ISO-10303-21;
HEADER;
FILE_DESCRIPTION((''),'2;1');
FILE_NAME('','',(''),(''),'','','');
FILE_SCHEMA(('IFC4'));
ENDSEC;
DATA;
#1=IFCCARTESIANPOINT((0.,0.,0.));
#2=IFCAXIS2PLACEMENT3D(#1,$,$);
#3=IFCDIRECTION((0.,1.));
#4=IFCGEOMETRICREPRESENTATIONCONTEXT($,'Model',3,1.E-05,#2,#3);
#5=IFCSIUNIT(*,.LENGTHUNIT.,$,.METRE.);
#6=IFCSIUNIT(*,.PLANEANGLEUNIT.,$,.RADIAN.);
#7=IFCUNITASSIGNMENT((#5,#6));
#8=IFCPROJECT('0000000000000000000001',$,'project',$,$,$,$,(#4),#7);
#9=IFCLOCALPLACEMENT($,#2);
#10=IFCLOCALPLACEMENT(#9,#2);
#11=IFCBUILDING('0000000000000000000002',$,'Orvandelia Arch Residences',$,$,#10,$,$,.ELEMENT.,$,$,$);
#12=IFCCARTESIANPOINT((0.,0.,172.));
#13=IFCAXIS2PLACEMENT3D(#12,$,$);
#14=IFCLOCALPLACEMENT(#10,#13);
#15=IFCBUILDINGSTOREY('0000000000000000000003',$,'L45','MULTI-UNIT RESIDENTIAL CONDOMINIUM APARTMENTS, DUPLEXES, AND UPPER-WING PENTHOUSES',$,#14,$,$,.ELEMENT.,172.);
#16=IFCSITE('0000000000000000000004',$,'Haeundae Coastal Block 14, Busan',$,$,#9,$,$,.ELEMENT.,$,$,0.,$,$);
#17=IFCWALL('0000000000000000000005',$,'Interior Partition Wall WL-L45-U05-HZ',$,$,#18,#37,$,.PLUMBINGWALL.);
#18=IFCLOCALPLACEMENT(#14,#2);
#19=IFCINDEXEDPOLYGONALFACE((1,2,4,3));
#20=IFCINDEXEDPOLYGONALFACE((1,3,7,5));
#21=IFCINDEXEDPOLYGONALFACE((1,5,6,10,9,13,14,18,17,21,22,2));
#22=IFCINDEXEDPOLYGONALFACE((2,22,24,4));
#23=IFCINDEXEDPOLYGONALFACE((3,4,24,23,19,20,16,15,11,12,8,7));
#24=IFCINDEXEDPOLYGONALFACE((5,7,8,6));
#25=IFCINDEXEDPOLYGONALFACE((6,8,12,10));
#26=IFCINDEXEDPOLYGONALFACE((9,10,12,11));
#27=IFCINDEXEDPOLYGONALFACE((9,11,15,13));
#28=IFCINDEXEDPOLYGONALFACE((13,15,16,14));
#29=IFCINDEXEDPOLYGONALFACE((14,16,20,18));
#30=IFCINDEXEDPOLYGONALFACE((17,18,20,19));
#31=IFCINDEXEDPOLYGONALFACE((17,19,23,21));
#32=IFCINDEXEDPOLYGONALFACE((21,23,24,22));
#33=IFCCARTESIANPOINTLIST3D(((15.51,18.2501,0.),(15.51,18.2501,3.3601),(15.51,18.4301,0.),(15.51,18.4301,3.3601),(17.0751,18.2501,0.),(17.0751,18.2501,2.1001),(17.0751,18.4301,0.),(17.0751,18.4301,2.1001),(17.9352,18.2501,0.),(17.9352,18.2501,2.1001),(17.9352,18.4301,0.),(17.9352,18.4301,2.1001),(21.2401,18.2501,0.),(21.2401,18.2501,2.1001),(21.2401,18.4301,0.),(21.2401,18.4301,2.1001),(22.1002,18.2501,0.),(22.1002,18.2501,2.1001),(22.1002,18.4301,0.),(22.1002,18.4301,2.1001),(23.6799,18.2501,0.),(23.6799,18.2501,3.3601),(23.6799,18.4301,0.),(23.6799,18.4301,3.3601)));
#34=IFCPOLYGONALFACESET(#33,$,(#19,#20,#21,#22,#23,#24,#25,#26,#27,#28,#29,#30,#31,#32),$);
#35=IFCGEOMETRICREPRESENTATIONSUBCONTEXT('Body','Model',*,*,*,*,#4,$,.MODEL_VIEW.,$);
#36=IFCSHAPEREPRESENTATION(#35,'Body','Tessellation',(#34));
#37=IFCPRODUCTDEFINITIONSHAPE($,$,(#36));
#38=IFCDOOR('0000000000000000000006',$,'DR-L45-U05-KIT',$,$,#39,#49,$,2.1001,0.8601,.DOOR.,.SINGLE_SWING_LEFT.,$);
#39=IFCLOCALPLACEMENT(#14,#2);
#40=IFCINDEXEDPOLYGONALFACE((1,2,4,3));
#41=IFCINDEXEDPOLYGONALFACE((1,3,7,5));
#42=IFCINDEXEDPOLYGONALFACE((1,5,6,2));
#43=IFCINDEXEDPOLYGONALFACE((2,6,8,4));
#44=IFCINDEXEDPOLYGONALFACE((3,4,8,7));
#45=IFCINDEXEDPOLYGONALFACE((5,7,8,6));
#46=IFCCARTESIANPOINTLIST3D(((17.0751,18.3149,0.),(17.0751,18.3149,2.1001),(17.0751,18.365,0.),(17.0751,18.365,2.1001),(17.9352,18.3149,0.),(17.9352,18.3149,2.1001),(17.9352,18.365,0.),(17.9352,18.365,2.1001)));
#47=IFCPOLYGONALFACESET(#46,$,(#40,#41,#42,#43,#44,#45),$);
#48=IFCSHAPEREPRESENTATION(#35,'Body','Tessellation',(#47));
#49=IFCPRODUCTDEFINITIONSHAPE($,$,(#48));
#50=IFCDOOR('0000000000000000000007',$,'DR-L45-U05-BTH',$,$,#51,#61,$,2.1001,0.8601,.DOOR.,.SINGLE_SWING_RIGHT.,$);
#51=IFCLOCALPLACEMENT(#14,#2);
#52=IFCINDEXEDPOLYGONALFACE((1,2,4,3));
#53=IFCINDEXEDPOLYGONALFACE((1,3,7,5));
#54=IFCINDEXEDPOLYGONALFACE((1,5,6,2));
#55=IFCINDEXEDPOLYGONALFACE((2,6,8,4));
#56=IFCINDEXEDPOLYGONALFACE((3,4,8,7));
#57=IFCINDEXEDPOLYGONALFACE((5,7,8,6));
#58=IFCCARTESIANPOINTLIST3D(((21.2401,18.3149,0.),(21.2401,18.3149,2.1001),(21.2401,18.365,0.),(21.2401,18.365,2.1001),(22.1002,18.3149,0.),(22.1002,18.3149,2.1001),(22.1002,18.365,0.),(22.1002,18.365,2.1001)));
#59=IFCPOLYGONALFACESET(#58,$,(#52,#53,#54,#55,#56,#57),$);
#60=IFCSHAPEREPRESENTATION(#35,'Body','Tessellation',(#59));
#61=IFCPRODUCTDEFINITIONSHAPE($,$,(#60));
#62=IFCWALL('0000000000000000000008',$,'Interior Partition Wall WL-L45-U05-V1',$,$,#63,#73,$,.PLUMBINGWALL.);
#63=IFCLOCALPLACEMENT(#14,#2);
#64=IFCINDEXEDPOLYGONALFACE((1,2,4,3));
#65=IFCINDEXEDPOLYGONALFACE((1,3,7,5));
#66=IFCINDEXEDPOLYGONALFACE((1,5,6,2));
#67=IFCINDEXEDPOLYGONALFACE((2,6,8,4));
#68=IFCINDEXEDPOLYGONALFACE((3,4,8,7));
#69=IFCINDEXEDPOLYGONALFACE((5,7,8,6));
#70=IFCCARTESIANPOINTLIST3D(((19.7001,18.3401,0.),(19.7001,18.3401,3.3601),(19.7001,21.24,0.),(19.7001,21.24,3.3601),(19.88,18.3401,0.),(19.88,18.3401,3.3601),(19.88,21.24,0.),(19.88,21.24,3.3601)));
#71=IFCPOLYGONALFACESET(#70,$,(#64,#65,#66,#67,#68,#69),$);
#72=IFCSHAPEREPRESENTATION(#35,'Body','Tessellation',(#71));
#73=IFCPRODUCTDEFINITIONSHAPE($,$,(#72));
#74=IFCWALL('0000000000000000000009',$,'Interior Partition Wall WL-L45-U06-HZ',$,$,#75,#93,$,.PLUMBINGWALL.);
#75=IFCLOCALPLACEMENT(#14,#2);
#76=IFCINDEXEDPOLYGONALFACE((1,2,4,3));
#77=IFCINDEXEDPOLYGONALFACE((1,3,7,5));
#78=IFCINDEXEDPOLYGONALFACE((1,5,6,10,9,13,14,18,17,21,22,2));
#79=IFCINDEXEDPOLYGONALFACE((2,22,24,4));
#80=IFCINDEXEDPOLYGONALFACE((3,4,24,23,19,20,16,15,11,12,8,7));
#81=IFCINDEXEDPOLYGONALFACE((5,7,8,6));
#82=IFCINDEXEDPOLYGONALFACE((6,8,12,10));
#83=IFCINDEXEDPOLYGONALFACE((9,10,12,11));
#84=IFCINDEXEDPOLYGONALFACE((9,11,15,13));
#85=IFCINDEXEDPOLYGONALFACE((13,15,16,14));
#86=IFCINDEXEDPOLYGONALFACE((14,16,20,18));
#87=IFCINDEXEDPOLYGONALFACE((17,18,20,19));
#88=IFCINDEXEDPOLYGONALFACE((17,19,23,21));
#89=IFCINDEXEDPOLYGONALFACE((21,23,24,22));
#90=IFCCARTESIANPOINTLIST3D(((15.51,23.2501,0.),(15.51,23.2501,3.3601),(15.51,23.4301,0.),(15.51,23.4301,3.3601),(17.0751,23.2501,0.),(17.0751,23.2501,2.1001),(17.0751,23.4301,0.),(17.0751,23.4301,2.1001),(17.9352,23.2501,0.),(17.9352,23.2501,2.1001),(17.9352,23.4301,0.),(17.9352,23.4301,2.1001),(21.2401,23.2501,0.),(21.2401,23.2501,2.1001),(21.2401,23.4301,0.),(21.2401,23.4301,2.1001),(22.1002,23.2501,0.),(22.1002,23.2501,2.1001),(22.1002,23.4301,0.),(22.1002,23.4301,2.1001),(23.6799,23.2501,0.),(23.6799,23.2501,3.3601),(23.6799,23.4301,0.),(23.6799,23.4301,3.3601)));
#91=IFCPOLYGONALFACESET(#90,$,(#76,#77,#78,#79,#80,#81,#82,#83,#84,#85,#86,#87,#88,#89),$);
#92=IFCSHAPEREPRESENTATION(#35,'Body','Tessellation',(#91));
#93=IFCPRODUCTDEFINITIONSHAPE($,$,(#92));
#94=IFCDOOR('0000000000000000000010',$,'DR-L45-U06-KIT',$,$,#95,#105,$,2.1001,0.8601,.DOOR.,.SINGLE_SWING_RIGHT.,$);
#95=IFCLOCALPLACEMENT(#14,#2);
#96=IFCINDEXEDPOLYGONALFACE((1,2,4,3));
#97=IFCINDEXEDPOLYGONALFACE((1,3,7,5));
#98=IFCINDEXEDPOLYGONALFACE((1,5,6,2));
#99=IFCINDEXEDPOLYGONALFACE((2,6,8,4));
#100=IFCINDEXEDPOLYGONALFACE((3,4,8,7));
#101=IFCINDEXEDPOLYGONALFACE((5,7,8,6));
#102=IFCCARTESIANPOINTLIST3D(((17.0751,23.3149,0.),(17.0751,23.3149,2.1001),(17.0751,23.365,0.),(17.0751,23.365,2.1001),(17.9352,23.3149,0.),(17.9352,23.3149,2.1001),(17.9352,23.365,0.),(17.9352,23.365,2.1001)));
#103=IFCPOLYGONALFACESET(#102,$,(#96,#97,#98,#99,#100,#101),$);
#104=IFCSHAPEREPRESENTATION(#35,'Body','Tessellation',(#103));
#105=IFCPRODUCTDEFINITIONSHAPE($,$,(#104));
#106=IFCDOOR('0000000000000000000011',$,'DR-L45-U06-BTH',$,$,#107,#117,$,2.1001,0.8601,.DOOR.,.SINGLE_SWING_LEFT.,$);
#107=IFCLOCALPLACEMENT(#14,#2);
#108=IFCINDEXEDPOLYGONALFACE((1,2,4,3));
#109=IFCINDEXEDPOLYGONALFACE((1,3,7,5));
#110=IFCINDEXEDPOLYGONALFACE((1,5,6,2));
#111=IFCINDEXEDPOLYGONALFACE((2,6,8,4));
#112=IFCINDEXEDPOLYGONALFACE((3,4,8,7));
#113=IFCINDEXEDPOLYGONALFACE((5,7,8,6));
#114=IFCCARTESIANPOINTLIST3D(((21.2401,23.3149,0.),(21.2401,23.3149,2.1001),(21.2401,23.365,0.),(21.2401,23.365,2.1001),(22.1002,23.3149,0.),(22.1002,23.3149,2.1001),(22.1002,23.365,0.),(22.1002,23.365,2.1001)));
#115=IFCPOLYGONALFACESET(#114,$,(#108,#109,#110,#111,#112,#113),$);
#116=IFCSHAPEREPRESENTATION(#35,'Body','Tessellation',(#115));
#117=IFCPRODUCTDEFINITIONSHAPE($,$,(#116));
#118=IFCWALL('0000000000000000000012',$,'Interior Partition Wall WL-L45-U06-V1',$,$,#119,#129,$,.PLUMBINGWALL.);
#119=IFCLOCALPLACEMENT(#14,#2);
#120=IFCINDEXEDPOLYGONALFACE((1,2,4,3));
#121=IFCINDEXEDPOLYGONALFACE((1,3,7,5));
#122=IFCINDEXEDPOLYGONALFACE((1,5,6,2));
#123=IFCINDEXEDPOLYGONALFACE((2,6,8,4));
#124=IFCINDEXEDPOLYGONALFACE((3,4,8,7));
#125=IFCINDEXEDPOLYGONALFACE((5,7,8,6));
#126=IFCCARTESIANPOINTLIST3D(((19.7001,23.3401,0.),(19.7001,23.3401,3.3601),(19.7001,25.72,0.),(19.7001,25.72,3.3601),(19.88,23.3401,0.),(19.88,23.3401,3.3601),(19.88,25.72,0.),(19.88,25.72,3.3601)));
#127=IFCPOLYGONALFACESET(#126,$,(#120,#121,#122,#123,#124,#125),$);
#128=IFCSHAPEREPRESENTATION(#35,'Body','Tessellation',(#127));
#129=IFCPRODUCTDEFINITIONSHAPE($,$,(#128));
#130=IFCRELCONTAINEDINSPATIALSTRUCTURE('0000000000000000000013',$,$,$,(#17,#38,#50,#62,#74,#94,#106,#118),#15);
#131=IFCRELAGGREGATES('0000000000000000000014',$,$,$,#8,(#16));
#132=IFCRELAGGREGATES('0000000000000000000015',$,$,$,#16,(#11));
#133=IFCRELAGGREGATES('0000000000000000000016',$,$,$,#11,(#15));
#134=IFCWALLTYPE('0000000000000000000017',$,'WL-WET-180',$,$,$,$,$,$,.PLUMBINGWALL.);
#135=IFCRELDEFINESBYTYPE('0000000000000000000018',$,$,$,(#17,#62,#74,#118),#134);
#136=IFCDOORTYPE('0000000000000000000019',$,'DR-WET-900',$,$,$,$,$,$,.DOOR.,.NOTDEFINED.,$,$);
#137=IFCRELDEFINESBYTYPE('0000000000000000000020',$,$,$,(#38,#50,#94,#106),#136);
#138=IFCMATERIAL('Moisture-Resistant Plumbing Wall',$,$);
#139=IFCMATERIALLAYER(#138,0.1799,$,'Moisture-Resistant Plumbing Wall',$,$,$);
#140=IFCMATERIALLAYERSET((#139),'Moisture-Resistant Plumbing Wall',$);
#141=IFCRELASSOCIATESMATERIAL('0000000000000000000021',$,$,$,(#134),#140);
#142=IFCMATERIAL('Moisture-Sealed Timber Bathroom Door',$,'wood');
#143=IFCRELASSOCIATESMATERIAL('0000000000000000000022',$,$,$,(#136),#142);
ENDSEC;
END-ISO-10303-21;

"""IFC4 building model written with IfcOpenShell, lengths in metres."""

from ifc_helpers import new_model, si_unit, direction, frame, frame_2d, origin, place, context, subcontext, project, spatial, rectangle, extrude, material, layer, layer_set, type_object, element, fill, save


model = new_model("IFC4")

# Units and contexts
model_context = context("Model", 3, precision=1e-05, world=origin(), true_north=direction((0.0, 1.0)))
body_context = subcontext(model_context, "Body", "Model", "MODEL_VIEW")
ifc_project = project(units=[si_unit("LENGTHUNIT", "METRE"), si_unit("PLANEANGLEUNIT", "RADIAN")], contexts=[model_context])

# Site, building, storey
site_placement = place(None, origin())
site = spatial("IfcSite", under=ifc_project, at=site_placement, Name="Haeundae Coastal Block 14, Busan", CompositionType="ELEMENT", RefElevation=0.0)
building_placement = place(site_placement, origin())
building = spatial("IfcBuilding", under=site, at=building_placement, Name="Orvandelia Arch Residences", CompositionType="ELEMENT")
storey_placement = place(building_placement, frame((0.0, 0.0, 172.0)))
storey = spatial("IfcBuildingStorey", under=building, at=storey_placement, Name="L45", Description="MULTI-UNIT RESIDENTIAL CONDOMINIUM APARTMENTS, DUPLEXES, AND UPPER-WING PENTHOUSES", CompositionType="ELEMENT", Elevation=172.0)

# Shared definitions
ifc_material_1 = material(Name="Moisture-Resistant Plumbing Wall")
ifc_layer_1 = layer(ifc_material_1, 0.1799, Name="Moisture-Resistant Plumbing Wall")
ifc_layer_set_1 = layer_set([ifc_layer_1], Name="Moisture-Resistant Plumbing Wall")
wall_type_1 = type_object("IfcWallType", Name="WL-WET-180", PredefinedType="PLUMBINGWALL", material=ifc_layer_set_1)

# Wall, openings, doors
wall_1_placement = place(storey_placement, frame((15.51, 18.3401, 0.0), z_axis=(0.0, 0.0, 1.0), x_axis=(1.0, 0.0, 0.0)))
wall_1 = element("IfcWall", 1, at=wall_1_placement, inside=storey, type_object=wall_type_1, Name="Interior Partition Wall WL-L45-U05-HZ", PredefinedType="PLUMBINGWALL", context=body_context, shape_type="SweptSolid", body=[
    extrude(rectangle(XDim=8.1699, YDim=0.1799, at=frame_2d((4.085, 0.0))), origin(), (0.0, 0.0, 1.0), 3.3601),
])
opening_1_placement = place(wall_1_placement, frame((1.5649, 0.0, 0.0)))
opening_1 = element("IfcOpeningElement", 2, at=opening_1_placement, cuts=wall_1, PredefinedType="OPENING", context=body_context, shape_type="SweptSolid", body=[
    extrude(rectangle(XDim=0.8601, YDim=2.1001, at=frame_2d((0.4302, 1.05))), frame((0.0, 0.1001, 0.0), z_axis=(0.0, -1.0, 0.0), x_axis=(1.0, 0.0, 0.0)), (0.0, 0.0, 1.0), 0.2),
])
opening_2_placement = place(wall_1_placement, frame((5.73, 0.0, 0.0)))
opening_2 = element("IfcOpeningElement", 3, at=opening_2_placement, cuts=wall_1, PredefinedType="OPENING", context=body_context, shape_type="SweptSolid", body=[
    extrude(rectangle(XDim=0.8601, YDim=2.1001, at=frame_2d((0.4302, 1.05))), frame((0.0, 0.1001, 0.0), z_axis=(0.0, -1.0, 0.0), x_axis=(1.0, 0.0, 0.0)), (0.0, 0.0, 1.0), 0.2),
])
ifc_material_2 = material(Name="Moisture-Sealed Timber Bathroom Door", Category="wood")
door_type_1 = type_object("IfcDoorType", Name="DR-WET-900", OperationType="NOTDEFINED", PredefinedType="DOOR", material=ifc_material_2)
door_1_placement = place(opening_1_placement, origin())
door_1 = element("IfcDoor", 4, at=door_1_placement, inside=storey, type_object=door_type_1, Name="DR-L45-U05-KIT", OperationType="SINGLE_SWING_LEFT", OverallHeight=2.1001, OverallWidth=0.8601, PredefinedType="DOOR", context=body_context, shape_type="SweptSolid", body=[
    extrude(rectangle(XDim=0.8601, YDim=2.1001, at=frame_2d((0.4302, 1.05))), frame((0.0, 0.0249, 0.0), z_axis=(0.0, -1.0, 0.0), x_axis=(1.0, 0.0, 0.0)), (0.0, 0.0, 1.0), 0.05),
])
fill(opening_1, door_1)
door_2_placement = place(opening_2_placement, origin())
door_2 = element("IfcDoor", 5, at=door_2_placement, inside=storey, type_object=door_type_1, Name="DR-L45-U05-BTH", OperationType="SINGLE_SWING_RIGHT", OverallHeight=2.1001, OverallWidth=0.8601, PredefinedType="DOOR", context=body_context, shape_type="SweptSolid", body=[
    extrude(rectangle(XDim=0.8601, YDim=2.1001, at=frame_2d((0.4302, 1.05))), frame((0.0, 0.0249, 0.0), z_axis=(0.0, -1.0, 0.0), x_axis=(1.0, 0.0, 0.0)), (0.0, 0.0, 1.0), 0.05),
])
fill(opening_2, door_2)

# Wall
wall_2_placement = place(storey_placement, frame((19.79, 18.3401, 0.0), z_axis=(0.0, 0.0, 1.0), x_axis=(0.0, 1.0, 0.0)))
element("IfcWall", 6, at=wall_2_placement, inside=storey, type_object=wall_type_1, Name="Interior Partition Wall WL-L45-U05-V1", PredefinedType="PLUMBINGWALL", context=body_context, shape_type="SweptSolid", body=[
    extrude(rectangle(XDim=2.8999, YDim=0.1799, at=frame_2d((1.45, 0.0))), origin(), (0.0, 0.0, 1.0), 3.3601),
])

# Wall, openings, doors
wall_3_placement = place(storey_placement, frame((15.51, 23.3401, 0.0), z_axis=(0.0, 0.0, 1.0), x_axis=(1.0, 0.0, 0.0)))
wall_3 = element("IfcWall", 7, at=wall_3_placement, inside=storey, type_object=wall_type_1, Name="Interior Partition Wall WL-L45-U06-HZ", PredefinedType="PLUMBINGWALL", context=body_context, shape_type="SweptSolid", body=[
    extrude(rectangle(XDim=8.1699, YDim=0.1799, at=frame_2d((4.085, 0.0))), origin(), (0.0, 0.0, 1.0), 3.3601),
])
opening_3_placement = place(wall_3_placement, frame((1.5649, 0.0, 0.0)))
opening_3 = element("IfcOpeningElement", 8, at=opening_3_placement, cuts=wall_3, PredefinedType="OPENING", context=body_context, shape_type="SweptSolid", body=[
    extrude(rectangle(XDim=0.8601, YDim=2.1001, at=frame_2d((0.4302, 1.05))), frame((0.0, 0.1001, 0.0), z_axis=(0.0, -1.0, 0.0), x_axis=(1.0, 0.0, 0.0)), (0.0, 0.0, 1.0), 0.2),
])
opening_4_placement = place(wall_3_placement, frame((5.73, 0.0, 0.0)))
opening_4 = element("IfcOpeningElement", 9, at=opening_4_placement, cuts=wall_3, PredefinedType="OPENING", context=body_context, shape_type="SweptSolid", body=[
    extrude(rectangle(XDim=0.8601, YDim=2.1001, at=frame_2d((0.4302, 1.05))), frame((0.0, 0.1001, 0.0), z_axis=(0.0, -1.0, 0.0), x_axis=(1.0, 0.0, 0.0)), (0.0, 0.0, 1.0), 0.2),
])
door_3_placement = place(opening_3_placement, origin())
door_3 = element("IfcDoor", 10, at=door_3_placement, inside=storey, type_object=door_type_1, Name="DR-L45-U06-KIT", OperationType="SINGLE_SWING_RIGHT", OverallHeight=2.1001, OverallWidth=0.8601, PredefinedType="DOOR", context=body_context, shape_type="SweptSolid", body=[
    extrude(rectangle(XDim=0.8601, YDim=2.1001, at=frame_2d((0.4302, 1.05))), frame((0.0, 0.0249, 0.0), z_axis=(0.0, -1.0, 0.0), x_axis=(1.0, 0.0, 0.0)), (0.0, 0.0, 1.0), 0.05),
])
fill(opening_3, door_3)
door_4_placement = place(opening_4_placement, origin())
door_4 = element("IfcDoor", 11, at=door_4_placement, inside=storey, type_object=door_type_1, Name="DR-L45-U06-BTH", OperationType="SINGLE_SWING_LEFT", OverallHeight=2.1001, OverallWidth=0.8601, PredefinedType="DOOR", context=body_context, shape_type="SweptSolid", body=[
    extrude(rectangle(XDim=0.8601, YDim=2.1001, at=frame_2d((0.4302, 1.05))), frame((0.0, 0.0249, 0.0), z_axis=(0.0, -1.0, 0.0), x_axis=(1.0, 0.0, 0.0)), (0.0, 0.0, 1.0), 0.05),
])
fill(opening_4, door_4)

# Wall
wall_4_placement = place(storey_placement, frame((19.79, 23.3401, 0.0), z_axis=(0.0, 0.0, 1.0), x_axis=(0.0, 1.0, 0.0)))
element("IfcWall", 12, at=wall_4_placement, inside=storey, type_object=wall_type_1, Name="Interior Partition Wall WL-L45-U06-V1", PredefinedType="PLUMBINGWALL", context=body_context, shape_type="SweptSolid", body=[
    extrude(rectangle(XDim=2.3799, YDim=0.1799, at=frame_2d((1.1899, 0.0))), origin(), (0.0, 0.0, 1.0), 3.3601),
])

save(model, "model.ifc")
